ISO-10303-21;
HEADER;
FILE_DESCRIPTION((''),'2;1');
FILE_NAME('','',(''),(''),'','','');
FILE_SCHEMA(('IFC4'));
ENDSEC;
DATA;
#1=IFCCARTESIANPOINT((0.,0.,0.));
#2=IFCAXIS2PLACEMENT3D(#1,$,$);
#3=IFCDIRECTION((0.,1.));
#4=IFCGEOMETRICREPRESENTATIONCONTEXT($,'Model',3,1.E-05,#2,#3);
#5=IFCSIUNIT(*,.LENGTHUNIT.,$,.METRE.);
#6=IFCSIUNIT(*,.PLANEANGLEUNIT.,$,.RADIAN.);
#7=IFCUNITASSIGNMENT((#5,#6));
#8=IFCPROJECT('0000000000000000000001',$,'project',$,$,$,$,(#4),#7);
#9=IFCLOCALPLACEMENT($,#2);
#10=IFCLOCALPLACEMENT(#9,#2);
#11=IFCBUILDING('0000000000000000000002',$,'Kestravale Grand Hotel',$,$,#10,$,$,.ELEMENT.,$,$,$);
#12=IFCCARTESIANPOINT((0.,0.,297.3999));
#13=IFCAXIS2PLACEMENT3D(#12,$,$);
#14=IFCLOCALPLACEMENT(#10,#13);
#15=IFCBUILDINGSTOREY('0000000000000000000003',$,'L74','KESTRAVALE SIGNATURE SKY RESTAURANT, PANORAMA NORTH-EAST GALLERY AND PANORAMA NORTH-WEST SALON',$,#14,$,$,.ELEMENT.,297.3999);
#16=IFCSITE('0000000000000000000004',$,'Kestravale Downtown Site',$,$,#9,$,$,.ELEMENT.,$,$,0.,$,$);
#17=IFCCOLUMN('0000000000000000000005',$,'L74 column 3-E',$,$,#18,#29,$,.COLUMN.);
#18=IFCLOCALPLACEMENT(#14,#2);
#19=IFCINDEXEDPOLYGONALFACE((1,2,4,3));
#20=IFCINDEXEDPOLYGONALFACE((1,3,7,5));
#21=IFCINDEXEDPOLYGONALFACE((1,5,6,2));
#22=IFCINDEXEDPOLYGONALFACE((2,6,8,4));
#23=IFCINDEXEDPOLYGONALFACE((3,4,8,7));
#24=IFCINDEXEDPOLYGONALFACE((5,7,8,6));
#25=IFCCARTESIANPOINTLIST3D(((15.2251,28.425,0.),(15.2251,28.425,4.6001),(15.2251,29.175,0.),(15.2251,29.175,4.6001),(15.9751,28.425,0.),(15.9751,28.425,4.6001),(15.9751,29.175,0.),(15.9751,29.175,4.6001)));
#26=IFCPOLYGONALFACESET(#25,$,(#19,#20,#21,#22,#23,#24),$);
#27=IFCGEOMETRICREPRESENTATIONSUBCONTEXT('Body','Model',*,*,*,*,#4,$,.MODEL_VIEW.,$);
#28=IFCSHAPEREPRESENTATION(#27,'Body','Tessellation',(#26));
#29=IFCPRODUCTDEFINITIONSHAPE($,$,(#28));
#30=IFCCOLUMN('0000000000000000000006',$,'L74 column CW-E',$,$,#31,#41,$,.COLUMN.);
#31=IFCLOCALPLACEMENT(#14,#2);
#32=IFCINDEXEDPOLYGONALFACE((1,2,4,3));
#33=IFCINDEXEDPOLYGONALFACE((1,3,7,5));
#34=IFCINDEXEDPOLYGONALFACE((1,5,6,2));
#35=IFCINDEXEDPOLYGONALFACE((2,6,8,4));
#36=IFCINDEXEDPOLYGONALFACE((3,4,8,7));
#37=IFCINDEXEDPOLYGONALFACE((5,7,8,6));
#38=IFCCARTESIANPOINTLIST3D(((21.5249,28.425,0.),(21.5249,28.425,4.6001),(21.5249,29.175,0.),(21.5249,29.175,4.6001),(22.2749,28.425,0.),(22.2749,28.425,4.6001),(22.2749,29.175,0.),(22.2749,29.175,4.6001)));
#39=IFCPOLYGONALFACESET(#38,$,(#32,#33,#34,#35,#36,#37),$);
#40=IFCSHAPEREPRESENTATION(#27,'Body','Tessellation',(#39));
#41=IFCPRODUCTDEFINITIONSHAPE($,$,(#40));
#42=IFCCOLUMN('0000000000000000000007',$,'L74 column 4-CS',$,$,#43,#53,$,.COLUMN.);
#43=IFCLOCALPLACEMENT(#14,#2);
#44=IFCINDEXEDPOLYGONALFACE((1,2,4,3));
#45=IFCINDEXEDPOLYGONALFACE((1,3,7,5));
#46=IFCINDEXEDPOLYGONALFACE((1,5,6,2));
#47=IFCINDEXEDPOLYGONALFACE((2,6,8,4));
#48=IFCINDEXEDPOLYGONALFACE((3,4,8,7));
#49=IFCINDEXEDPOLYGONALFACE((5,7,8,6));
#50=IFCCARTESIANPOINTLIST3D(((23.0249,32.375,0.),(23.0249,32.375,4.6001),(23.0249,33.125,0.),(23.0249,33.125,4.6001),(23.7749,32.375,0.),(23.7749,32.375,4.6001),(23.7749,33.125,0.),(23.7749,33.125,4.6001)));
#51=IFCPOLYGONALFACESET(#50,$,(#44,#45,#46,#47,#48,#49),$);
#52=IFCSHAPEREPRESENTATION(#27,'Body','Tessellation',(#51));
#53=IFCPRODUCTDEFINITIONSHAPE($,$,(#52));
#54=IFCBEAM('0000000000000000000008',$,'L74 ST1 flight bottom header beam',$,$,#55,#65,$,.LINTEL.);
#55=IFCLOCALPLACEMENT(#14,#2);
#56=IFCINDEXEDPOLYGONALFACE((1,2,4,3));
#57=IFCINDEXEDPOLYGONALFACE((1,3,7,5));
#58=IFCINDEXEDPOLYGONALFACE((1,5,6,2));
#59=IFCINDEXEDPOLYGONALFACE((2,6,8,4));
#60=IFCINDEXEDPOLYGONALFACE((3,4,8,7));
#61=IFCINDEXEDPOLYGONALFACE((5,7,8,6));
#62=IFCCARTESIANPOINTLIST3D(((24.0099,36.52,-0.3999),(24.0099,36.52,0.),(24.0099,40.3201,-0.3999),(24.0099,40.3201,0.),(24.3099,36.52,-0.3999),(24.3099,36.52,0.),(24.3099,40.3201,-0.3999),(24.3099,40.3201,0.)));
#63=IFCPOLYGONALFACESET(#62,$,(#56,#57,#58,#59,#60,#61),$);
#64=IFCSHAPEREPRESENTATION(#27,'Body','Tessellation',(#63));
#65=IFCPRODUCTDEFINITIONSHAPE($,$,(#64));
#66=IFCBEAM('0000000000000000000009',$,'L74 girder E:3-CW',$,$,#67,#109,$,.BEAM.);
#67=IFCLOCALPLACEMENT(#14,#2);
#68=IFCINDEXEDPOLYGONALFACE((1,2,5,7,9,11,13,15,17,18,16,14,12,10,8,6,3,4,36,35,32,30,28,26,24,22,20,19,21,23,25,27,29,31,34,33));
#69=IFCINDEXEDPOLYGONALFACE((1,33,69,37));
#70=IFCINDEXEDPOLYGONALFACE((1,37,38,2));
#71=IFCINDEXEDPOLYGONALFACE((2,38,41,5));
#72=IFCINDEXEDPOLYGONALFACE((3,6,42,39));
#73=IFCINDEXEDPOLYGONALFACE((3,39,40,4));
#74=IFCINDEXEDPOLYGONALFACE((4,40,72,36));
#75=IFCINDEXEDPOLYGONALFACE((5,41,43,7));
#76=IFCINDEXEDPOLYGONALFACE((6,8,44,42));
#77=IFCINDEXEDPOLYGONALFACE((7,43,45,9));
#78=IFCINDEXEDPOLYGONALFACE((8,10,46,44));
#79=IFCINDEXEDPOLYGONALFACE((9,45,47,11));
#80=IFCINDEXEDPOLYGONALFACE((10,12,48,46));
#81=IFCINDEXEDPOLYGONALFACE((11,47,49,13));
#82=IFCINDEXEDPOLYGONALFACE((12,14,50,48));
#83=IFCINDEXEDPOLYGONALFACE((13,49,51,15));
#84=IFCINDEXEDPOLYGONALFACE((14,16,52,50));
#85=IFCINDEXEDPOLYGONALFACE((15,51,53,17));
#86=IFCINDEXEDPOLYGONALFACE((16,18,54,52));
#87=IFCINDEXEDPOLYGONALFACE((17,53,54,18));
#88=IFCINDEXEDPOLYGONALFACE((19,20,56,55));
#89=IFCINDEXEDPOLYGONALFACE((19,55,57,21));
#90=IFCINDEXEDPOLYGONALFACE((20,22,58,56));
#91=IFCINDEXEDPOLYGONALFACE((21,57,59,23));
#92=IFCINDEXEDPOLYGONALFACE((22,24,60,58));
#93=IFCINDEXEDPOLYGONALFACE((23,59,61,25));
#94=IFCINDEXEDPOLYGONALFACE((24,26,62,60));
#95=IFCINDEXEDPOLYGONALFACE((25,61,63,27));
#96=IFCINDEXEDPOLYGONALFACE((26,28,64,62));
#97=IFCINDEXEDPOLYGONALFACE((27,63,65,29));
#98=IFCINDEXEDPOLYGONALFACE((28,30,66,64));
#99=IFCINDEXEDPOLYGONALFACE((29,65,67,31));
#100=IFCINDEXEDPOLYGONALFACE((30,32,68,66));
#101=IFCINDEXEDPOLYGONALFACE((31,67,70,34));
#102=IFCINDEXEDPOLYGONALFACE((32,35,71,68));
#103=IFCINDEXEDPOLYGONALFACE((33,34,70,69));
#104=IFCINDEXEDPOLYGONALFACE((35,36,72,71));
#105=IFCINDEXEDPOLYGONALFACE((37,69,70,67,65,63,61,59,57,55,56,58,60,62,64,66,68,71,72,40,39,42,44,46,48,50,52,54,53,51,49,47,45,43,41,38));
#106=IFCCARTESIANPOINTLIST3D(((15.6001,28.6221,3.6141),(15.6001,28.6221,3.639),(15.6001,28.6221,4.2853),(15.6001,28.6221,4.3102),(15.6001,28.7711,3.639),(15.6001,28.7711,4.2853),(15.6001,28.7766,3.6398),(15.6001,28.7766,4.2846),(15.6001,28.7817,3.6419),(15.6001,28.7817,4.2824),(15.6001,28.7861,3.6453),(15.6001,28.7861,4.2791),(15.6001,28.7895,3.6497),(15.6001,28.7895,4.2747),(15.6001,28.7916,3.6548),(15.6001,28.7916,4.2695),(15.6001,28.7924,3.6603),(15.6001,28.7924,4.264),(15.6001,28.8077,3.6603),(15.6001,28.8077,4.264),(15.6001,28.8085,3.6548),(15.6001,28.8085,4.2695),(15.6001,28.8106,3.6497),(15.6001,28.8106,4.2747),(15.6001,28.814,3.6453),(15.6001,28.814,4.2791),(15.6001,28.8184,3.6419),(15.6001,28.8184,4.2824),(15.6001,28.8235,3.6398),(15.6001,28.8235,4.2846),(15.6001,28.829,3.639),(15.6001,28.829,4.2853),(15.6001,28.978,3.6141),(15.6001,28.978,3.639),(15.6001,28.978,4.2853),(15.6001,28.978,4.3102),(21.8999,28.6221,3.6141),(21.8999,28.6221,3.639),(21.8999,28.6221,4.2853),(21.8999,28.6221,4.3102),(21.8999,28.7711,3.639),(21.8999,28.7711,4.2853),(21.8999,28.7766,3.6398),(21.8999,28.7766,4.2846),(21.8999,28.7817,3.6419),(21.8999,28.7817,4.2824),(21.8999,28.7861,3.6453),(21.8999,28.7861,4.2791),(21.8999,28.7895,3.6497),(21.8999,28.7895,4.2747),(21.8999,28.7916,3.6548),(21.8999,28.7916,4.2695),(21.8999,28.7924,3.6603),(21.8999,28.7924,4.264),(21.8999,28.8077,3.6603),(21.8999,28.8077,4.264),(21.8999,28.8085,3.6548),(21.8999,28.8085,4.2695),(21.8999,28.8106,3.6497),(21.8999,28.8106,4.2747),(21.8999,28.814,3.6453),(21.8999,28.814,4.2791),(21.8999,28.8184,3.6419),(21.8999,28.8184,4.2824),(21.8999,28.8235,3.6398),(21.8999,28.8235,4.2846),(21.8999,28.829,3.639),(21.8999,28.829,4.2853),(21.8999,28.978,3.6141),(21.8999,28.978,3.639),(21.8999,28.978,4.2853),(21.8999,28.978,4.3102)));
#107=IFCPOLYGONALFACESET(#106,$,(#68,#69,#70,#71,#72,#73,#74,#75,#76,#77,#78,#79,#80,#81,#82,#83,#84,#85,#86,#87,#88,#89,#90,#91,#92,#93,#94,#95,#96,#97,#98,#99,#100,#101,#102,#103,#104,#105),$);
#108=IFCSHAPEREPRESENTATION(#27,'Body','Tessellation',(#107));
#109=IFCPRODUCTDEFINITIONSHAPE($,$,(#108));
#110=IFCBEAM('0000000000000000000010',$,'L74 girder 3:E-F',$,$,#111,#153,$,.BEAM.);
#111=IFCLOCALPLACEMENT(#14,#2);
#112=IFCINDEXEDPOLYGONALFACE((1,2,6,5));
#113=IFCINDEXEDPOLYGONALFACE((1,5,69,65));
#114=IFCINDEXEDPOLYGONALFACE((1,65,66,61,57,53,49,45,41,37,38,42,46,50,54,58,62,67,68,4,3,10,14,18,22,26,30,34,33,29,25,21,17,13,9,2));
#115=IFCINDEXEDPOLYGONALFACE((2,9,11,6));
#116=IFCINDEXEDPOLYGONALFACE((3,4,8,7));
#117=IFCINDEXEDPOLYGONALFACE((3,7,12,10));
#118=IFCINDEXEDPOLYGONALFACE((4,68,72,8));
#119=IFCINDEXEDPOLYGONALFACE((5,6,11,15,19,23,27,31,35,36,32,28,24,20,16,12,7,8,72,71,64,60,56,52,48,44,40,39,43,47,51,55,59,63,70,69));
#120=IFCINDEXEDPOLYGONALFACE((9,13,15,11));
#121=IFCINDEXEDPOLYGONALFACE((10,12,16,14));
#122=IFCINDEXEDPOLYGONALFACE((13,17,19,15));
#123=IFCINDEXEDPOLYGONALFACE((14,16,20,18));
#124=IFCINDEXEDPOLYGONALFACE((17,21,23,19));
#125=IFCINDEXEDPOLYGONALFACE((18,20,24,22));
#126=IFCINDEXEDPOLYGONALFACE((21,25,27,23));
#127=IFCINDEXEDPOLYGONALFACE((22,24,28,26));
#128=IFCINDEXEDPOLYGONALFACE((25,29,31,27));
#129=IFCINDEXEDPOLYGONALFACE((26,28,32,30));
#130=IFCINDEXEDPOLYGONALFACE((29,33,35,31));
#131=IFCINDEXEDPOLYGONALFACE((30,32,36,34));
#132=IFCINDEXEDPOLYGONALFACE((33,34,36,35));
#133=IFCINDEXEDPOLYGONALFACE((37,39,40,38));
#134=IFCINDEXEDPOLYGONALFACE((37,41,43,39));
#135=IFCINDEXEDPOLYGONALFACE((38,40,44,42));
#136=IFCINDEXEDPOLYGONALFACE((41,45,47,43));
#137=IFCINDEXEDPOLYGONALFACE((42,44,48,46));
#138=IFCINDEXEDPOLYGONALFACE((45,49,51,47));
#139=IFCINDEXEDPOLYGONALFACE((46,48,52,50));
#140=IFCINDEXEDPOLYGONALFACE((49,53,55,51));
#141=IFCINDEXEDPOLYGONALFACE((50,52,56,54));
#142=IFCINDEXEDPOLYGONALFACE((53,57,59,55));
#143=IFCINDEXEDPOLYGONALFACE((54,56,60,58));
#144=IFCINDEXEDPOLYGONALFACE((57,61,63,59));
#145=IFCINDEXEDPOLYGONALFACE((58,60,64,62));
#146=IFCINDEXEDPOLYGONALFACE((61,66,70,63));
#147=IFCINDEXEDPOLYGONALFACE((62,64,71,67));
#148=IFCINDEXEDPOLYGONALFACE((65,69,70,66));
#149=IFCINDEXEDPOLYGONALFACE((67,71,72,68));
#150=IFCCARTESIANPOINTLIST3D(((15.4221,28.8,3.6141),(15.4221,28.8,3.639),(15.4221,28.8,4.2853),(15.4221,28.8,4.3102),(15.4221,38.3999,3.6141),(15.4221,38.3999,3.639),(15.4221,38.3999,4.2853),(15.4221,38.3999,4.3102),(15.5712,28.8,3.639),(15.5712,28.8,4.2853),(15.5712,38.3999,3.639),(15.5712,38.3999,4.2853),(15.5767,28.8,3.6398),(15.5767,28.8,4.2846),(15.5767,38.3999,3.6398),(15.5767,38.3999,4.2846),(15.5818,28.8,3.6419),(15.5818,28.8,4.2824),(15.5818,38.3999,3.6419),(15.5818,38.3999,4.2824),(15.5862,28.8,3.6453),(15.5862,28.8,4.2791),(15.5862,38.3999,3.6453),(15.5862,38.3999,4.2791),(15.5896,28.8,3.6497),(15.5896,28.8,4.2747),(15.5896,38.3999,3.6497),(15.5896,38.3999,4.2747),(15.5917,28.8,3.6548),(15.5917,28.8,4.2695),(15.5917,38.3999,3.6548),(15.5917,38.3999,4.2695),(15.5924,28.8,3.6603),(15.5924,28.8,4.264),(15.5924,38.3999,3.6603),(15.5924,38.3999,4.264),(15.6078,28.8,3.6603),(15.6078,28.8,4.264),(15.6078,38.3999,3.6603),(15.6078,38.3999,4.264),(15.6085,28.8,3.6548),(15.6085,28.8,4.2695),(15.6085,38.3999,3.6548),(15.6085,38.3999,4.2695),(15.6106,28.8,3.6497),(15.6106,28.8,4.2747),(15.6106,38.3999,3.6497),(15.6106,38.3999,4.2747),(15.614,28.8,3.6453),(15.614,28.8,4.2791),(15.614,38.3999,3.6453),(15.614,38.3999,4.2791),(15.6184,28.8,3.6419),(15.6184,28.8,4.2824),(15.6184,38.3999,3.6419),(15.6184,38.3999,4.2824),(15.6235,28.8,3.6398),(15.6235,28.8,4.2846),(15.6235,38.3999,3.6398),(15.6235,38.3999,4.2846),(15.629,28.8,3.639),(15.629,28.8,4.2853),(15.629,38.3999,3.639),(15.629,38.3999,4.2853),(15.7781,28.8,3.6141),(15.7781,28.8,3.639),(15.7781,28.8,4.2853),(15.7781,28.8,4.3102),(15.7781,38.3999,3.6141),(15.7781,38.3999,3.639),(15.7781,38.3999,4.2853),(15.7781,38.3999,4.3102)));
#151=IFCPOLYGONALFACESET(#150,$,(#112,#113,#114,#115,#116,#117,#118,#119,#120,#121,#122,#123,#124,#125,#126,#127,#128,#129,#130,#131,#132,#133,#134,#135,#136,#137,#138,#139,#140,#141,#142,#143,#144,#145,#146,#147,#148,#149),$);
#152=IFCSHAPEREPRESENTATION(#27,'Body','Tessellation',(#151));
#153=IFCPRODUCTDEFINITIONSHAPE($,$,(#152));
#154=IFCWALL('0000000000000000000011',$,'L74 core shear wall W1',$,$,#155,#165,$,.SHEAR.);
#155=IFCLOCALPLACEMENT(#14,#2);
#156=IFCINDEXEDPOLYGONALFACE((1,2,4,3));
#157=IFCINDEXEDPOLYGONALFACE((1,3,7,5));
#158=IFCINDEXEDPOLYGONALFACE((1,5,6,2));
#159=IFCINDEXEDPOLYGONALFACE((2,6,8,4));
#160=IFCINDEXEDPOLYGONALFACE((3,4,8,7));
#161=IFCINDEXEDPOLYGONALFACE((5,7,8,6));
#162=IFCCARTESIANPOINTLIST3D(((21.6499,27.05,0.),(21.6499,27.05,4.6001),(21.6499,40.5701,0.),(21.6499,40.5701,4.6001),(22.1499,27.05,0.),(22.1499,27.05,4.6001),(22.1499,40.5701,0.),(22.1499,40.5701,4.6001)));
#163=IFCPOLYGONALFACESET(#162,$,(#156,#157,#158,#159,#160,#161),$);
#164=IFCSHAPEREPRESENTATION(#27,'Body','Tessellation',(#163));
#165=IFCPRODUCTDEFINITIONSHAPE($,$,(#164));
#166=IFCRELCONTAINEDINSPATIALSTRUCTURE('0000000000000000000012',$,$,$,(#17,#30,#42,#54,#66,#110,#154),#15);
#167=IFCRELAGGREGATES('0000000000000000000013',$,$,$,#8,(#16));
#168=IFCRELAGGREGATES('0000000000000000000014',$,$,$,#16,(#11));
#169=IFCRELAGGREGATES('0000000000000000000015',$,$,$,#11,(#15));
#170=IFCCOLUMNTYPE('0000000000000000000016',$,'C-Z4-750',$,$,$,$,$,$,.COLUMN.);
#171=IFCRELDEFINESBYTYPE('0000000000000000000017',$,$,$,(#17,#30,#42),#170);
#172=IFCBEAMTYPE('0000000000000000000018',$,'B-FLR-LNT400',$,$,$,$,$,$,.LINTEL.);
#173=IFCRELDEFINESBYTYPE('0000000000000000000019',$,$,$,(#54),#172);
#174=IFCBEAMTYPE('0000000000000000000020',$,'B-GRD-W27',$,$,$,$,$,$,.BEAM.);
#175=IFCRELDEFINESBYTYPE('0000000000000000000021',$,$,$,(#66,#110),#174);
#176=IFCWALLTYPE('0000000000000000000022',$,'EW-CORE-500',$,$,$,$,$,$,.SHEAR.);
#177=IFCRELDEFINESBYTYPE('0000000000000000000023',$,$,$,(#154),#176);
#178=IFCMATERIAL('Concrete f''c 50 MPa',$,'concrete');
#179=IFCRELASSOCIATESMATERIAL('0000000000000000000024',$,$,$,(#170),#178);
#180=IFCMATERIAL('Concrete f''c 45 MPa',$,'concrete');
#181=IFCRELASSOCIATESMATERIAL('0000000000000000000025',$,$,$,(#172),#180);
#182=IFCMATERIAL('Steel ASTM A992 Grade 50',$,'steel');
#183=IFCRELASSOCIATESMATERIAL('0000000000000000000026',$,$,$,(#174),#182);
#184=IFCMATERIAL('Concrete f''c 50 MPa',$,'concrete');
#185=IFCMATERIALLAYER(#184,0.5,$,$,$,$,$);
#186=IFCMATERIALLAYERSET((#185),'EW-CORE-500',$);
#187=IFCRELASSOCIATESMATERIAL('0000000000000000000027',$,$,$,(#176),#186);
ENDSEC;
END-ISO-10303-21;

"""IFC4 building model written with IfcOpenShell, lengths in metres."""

from ifc_helpers import new_model, si_unit, direction, frame, frame_2d, origin, origin_2d, place, context, subcontext, project, spatial, rectangle, i_section, extrude, material, layer, layer_set, material_profile, profile_set, type_object, element, save


model = new_model("IFC4")

# Units and contexts
model_context = context("Model", 3, precision=1e-05, world=origin(), true_north=direction((0.0, 1.0)))
body_context = subcontext(model_context, "Body", "Model", "MODEL_VIEW")
ifc_project = project(units=[si_unit("LENGTHUNIT", "METRE"), si_unit("PLANEANGLEUNIT", "RADIAN")], contexts=[model_context])

# Site, building, storey
site_placement = place(None, origin())
site = spatial("IfcSite", under=ifc_project, at=site_placement, Name="Kestravale Downtown Site", CompositionType="ELEMENT", RefElevation=0.0)
building_placement = place(site_placement, origin())
building = spatial("IfcBuilding", under=site, at=building_placement, Name="Kestravale Grand Hotel", CompositionType="ELEMENT")
storey_placement = place(building_placement, frame((0.0, 0.0, 297.3999)))
storey = spatial("IfcBuildingStorey", under=building, at=storey_placement, Name="L74", Description="KESTRAVALE SIGNATURE SKY RESTAURANT, PANORAMA NORTH-EAST GALLERY AND PANORAMA NORTH-WEST SALON", CompositionType="ELEMENT", Elevation=297.3999)

# Columns
ifc_material_1 = material(Name="Concrete f'c 50 MPa", Category="concrete")
ifc_material_profile_1 = material_profile(ifc_material_1, rectangle(XDim=0.75, YDim=0.75, at=origin_2d()))
ifc_profile_set_1 = profile_set([ifc_material_profile_1], Name="Concrete f'c 50 MPa")
column_type = type_object("IfcColumnType", Name="C-Z4-750", PredefinedType="COLUMN", material=ifc_profile_set_1)
for number, where, z_axis, x_axis, name in (
    (1, (15.6001, 28.8, 0.0), (0.0, 0.0, 1.0), (1.0, 0.0, 0.0), "L74 column 3-E"),
    (2, (21.8999, 28.8, 0.0), (0.0, 0.0, 1.0), (1.0, 0.0, 0.0), "L74 column CW-E"),
    (3, (23.3999, 32.75, 0.0), (0.0, 0.0, 1.0), (1.0, 0.0, 0.0), "L74 column 4-CS"),
):
    element("IfcColumn", number, at=place(storey_placement, frame(where, z_axis=z_axis, x_axis=x_axis)), inside=storey, type_object=column_type, Name=name, PredefinedType="COLUMN", context=body_context, shape_type="SweptSolid", body=[
        extrude(rectangle(XDim=0.75, YDim=0.75, at=origin_2d()), origin(), (0.0, 0.0, 1.0), 4.6001),
    ])

# Beams
ifc_material_2 = material(Name="Concrete f'c 45 MPa", Category="concrete")
ifc_material_profile_2 = material_profile(ifc_material_2, rectangle(XDim=0.3, YDim=0.3999, at=origin_2d()))
ifc_profile_set_2 = profile_set([ifc_material_profile_2], Name="Concrete f'c 45 MPa")
beam_type_1 = type_object("IfcBeamType", Name="B-FLR-LNT400", PredefinedType="LINTEL", material=ifc_profile_set_2)
beam_1_placement = place(storey_placement, frame((24.1599, 36.52, -0.2), z_axis=(0.0, 1.0, 0.0), x_axis=(-1.0, 0.0, 0.0)))
element("IfcBeam", 4, at=beam_1_placement, inside=storey, type_object=beam_type_1, Name="L74 ST1 flight bottom header beam", PredefinedType="LINTEL", context=body_context, shape_type="SweptSolid", body=[
    extrude(rectangle(XDim=0.3, YDim=0.3999, at=origin_2d()), origin(), (0.0, 0.0, 1.0), 3.8),
])
ifc_material_3 = material(Name="Steel ASTM A992 Grade 50", Category="steel")
ifc_material_profile_3 = material_profile(ifc_material_3, i_section(OverallWidth=0.356, OverallDepth=0.696, WebThickness=0.0154, FlangeThickness=0.0249, FilletRadius=0.0212, at=origin_2d()))
ifc_profile_set_3 = profile_set([ifc_material_profile_3], Name="Steel ASTM A992 Grade 50")
beam_type_2 = type_object("IfcBeamType", Name="B-GRD-W27", PredefinedType="BEAM", material=ifc_profile_set_3)
beam_2_placement = place(storey_placement, frame((15.6001, 28.8, 3.9622), z_axis=(1.0, 0.0, 0.0), x_axis=(0.0, 1.0, 0.0)))
element("IfcBeam", 5, at=beam_2_placement, inside=storey, type_object=beam_type_2, Name="L74 girder E:3-CW", PredefinedType="BEAM", context=body_context, shape_type="SweptSolid", body=[
    extrude(i_section(OverallWidth=0.356, OverallDepth=0.696, WebThickness=0.0154, FlangeThickness=0.0249, FilletRadius=0.0212, at=origin_2d()), origin(), (0.0, 0.0, 1.0), 6.2998),
])
beam_3_placement = place(storey_placement, frame((15.6001, 28.8, 3.9622), z_axis=(0.0, 1.0, 0.0), x_axis=(-1.0, 0.0, 0.0)))
element("IfcBeam", 6, at=beam_3_placement, inside=storey, type_object=beam_type_2, Name="L74 girder 3:E-F", PredefinedType="BEAM", context=body_context, shape_type="SweptSolid", body=[
    extrude(i_section(OverallWidth=0.356, OverallDepth=0.696, WebThickness=0.0154, FlangeThickness=0.0249, FilletRadius=0.0212, at=origin_2d()), origin(), (0.0, 0.0, 1.0), 9.5999),
])

# Wall
ifc_material_4 = material(Name="Concrete f'c 50 MPa", Category="concrete")
ifc_layer_1 = layer(ifc_material_4, 0.5)
ifc_layer_set_1 = layer_set([ifc_layer_1], Name="EW-CORE-500")
wall_type_1 = type_object("IfcWallType", Name="EW-CORE-500", PredefinedType="SHEAR", material=ifc_layer_set_1)
wall_1_placement = place(storey_placement, frame((21.8999, 27.05, 0.0), z_axis=(0.0, 0.0, 1.0), x_axis=(0.0, 1.0, 0.0)))
element("IfcWall", 7, at=wall_1_placement, inside=storey, type_object=wall_type_1, Name="L74 core shear wall W1", PredefinedType="SHEAR", context=body_context, shape_type="SweptSolid", body=[
    extrude(rectangle(XDim=13.52, YDim=0.5, at=frame_2d((6.76, 0.0))), origin(), (0.0, 0.0, 1.0), 4.6001),
])

save(model, "model.ifc")
